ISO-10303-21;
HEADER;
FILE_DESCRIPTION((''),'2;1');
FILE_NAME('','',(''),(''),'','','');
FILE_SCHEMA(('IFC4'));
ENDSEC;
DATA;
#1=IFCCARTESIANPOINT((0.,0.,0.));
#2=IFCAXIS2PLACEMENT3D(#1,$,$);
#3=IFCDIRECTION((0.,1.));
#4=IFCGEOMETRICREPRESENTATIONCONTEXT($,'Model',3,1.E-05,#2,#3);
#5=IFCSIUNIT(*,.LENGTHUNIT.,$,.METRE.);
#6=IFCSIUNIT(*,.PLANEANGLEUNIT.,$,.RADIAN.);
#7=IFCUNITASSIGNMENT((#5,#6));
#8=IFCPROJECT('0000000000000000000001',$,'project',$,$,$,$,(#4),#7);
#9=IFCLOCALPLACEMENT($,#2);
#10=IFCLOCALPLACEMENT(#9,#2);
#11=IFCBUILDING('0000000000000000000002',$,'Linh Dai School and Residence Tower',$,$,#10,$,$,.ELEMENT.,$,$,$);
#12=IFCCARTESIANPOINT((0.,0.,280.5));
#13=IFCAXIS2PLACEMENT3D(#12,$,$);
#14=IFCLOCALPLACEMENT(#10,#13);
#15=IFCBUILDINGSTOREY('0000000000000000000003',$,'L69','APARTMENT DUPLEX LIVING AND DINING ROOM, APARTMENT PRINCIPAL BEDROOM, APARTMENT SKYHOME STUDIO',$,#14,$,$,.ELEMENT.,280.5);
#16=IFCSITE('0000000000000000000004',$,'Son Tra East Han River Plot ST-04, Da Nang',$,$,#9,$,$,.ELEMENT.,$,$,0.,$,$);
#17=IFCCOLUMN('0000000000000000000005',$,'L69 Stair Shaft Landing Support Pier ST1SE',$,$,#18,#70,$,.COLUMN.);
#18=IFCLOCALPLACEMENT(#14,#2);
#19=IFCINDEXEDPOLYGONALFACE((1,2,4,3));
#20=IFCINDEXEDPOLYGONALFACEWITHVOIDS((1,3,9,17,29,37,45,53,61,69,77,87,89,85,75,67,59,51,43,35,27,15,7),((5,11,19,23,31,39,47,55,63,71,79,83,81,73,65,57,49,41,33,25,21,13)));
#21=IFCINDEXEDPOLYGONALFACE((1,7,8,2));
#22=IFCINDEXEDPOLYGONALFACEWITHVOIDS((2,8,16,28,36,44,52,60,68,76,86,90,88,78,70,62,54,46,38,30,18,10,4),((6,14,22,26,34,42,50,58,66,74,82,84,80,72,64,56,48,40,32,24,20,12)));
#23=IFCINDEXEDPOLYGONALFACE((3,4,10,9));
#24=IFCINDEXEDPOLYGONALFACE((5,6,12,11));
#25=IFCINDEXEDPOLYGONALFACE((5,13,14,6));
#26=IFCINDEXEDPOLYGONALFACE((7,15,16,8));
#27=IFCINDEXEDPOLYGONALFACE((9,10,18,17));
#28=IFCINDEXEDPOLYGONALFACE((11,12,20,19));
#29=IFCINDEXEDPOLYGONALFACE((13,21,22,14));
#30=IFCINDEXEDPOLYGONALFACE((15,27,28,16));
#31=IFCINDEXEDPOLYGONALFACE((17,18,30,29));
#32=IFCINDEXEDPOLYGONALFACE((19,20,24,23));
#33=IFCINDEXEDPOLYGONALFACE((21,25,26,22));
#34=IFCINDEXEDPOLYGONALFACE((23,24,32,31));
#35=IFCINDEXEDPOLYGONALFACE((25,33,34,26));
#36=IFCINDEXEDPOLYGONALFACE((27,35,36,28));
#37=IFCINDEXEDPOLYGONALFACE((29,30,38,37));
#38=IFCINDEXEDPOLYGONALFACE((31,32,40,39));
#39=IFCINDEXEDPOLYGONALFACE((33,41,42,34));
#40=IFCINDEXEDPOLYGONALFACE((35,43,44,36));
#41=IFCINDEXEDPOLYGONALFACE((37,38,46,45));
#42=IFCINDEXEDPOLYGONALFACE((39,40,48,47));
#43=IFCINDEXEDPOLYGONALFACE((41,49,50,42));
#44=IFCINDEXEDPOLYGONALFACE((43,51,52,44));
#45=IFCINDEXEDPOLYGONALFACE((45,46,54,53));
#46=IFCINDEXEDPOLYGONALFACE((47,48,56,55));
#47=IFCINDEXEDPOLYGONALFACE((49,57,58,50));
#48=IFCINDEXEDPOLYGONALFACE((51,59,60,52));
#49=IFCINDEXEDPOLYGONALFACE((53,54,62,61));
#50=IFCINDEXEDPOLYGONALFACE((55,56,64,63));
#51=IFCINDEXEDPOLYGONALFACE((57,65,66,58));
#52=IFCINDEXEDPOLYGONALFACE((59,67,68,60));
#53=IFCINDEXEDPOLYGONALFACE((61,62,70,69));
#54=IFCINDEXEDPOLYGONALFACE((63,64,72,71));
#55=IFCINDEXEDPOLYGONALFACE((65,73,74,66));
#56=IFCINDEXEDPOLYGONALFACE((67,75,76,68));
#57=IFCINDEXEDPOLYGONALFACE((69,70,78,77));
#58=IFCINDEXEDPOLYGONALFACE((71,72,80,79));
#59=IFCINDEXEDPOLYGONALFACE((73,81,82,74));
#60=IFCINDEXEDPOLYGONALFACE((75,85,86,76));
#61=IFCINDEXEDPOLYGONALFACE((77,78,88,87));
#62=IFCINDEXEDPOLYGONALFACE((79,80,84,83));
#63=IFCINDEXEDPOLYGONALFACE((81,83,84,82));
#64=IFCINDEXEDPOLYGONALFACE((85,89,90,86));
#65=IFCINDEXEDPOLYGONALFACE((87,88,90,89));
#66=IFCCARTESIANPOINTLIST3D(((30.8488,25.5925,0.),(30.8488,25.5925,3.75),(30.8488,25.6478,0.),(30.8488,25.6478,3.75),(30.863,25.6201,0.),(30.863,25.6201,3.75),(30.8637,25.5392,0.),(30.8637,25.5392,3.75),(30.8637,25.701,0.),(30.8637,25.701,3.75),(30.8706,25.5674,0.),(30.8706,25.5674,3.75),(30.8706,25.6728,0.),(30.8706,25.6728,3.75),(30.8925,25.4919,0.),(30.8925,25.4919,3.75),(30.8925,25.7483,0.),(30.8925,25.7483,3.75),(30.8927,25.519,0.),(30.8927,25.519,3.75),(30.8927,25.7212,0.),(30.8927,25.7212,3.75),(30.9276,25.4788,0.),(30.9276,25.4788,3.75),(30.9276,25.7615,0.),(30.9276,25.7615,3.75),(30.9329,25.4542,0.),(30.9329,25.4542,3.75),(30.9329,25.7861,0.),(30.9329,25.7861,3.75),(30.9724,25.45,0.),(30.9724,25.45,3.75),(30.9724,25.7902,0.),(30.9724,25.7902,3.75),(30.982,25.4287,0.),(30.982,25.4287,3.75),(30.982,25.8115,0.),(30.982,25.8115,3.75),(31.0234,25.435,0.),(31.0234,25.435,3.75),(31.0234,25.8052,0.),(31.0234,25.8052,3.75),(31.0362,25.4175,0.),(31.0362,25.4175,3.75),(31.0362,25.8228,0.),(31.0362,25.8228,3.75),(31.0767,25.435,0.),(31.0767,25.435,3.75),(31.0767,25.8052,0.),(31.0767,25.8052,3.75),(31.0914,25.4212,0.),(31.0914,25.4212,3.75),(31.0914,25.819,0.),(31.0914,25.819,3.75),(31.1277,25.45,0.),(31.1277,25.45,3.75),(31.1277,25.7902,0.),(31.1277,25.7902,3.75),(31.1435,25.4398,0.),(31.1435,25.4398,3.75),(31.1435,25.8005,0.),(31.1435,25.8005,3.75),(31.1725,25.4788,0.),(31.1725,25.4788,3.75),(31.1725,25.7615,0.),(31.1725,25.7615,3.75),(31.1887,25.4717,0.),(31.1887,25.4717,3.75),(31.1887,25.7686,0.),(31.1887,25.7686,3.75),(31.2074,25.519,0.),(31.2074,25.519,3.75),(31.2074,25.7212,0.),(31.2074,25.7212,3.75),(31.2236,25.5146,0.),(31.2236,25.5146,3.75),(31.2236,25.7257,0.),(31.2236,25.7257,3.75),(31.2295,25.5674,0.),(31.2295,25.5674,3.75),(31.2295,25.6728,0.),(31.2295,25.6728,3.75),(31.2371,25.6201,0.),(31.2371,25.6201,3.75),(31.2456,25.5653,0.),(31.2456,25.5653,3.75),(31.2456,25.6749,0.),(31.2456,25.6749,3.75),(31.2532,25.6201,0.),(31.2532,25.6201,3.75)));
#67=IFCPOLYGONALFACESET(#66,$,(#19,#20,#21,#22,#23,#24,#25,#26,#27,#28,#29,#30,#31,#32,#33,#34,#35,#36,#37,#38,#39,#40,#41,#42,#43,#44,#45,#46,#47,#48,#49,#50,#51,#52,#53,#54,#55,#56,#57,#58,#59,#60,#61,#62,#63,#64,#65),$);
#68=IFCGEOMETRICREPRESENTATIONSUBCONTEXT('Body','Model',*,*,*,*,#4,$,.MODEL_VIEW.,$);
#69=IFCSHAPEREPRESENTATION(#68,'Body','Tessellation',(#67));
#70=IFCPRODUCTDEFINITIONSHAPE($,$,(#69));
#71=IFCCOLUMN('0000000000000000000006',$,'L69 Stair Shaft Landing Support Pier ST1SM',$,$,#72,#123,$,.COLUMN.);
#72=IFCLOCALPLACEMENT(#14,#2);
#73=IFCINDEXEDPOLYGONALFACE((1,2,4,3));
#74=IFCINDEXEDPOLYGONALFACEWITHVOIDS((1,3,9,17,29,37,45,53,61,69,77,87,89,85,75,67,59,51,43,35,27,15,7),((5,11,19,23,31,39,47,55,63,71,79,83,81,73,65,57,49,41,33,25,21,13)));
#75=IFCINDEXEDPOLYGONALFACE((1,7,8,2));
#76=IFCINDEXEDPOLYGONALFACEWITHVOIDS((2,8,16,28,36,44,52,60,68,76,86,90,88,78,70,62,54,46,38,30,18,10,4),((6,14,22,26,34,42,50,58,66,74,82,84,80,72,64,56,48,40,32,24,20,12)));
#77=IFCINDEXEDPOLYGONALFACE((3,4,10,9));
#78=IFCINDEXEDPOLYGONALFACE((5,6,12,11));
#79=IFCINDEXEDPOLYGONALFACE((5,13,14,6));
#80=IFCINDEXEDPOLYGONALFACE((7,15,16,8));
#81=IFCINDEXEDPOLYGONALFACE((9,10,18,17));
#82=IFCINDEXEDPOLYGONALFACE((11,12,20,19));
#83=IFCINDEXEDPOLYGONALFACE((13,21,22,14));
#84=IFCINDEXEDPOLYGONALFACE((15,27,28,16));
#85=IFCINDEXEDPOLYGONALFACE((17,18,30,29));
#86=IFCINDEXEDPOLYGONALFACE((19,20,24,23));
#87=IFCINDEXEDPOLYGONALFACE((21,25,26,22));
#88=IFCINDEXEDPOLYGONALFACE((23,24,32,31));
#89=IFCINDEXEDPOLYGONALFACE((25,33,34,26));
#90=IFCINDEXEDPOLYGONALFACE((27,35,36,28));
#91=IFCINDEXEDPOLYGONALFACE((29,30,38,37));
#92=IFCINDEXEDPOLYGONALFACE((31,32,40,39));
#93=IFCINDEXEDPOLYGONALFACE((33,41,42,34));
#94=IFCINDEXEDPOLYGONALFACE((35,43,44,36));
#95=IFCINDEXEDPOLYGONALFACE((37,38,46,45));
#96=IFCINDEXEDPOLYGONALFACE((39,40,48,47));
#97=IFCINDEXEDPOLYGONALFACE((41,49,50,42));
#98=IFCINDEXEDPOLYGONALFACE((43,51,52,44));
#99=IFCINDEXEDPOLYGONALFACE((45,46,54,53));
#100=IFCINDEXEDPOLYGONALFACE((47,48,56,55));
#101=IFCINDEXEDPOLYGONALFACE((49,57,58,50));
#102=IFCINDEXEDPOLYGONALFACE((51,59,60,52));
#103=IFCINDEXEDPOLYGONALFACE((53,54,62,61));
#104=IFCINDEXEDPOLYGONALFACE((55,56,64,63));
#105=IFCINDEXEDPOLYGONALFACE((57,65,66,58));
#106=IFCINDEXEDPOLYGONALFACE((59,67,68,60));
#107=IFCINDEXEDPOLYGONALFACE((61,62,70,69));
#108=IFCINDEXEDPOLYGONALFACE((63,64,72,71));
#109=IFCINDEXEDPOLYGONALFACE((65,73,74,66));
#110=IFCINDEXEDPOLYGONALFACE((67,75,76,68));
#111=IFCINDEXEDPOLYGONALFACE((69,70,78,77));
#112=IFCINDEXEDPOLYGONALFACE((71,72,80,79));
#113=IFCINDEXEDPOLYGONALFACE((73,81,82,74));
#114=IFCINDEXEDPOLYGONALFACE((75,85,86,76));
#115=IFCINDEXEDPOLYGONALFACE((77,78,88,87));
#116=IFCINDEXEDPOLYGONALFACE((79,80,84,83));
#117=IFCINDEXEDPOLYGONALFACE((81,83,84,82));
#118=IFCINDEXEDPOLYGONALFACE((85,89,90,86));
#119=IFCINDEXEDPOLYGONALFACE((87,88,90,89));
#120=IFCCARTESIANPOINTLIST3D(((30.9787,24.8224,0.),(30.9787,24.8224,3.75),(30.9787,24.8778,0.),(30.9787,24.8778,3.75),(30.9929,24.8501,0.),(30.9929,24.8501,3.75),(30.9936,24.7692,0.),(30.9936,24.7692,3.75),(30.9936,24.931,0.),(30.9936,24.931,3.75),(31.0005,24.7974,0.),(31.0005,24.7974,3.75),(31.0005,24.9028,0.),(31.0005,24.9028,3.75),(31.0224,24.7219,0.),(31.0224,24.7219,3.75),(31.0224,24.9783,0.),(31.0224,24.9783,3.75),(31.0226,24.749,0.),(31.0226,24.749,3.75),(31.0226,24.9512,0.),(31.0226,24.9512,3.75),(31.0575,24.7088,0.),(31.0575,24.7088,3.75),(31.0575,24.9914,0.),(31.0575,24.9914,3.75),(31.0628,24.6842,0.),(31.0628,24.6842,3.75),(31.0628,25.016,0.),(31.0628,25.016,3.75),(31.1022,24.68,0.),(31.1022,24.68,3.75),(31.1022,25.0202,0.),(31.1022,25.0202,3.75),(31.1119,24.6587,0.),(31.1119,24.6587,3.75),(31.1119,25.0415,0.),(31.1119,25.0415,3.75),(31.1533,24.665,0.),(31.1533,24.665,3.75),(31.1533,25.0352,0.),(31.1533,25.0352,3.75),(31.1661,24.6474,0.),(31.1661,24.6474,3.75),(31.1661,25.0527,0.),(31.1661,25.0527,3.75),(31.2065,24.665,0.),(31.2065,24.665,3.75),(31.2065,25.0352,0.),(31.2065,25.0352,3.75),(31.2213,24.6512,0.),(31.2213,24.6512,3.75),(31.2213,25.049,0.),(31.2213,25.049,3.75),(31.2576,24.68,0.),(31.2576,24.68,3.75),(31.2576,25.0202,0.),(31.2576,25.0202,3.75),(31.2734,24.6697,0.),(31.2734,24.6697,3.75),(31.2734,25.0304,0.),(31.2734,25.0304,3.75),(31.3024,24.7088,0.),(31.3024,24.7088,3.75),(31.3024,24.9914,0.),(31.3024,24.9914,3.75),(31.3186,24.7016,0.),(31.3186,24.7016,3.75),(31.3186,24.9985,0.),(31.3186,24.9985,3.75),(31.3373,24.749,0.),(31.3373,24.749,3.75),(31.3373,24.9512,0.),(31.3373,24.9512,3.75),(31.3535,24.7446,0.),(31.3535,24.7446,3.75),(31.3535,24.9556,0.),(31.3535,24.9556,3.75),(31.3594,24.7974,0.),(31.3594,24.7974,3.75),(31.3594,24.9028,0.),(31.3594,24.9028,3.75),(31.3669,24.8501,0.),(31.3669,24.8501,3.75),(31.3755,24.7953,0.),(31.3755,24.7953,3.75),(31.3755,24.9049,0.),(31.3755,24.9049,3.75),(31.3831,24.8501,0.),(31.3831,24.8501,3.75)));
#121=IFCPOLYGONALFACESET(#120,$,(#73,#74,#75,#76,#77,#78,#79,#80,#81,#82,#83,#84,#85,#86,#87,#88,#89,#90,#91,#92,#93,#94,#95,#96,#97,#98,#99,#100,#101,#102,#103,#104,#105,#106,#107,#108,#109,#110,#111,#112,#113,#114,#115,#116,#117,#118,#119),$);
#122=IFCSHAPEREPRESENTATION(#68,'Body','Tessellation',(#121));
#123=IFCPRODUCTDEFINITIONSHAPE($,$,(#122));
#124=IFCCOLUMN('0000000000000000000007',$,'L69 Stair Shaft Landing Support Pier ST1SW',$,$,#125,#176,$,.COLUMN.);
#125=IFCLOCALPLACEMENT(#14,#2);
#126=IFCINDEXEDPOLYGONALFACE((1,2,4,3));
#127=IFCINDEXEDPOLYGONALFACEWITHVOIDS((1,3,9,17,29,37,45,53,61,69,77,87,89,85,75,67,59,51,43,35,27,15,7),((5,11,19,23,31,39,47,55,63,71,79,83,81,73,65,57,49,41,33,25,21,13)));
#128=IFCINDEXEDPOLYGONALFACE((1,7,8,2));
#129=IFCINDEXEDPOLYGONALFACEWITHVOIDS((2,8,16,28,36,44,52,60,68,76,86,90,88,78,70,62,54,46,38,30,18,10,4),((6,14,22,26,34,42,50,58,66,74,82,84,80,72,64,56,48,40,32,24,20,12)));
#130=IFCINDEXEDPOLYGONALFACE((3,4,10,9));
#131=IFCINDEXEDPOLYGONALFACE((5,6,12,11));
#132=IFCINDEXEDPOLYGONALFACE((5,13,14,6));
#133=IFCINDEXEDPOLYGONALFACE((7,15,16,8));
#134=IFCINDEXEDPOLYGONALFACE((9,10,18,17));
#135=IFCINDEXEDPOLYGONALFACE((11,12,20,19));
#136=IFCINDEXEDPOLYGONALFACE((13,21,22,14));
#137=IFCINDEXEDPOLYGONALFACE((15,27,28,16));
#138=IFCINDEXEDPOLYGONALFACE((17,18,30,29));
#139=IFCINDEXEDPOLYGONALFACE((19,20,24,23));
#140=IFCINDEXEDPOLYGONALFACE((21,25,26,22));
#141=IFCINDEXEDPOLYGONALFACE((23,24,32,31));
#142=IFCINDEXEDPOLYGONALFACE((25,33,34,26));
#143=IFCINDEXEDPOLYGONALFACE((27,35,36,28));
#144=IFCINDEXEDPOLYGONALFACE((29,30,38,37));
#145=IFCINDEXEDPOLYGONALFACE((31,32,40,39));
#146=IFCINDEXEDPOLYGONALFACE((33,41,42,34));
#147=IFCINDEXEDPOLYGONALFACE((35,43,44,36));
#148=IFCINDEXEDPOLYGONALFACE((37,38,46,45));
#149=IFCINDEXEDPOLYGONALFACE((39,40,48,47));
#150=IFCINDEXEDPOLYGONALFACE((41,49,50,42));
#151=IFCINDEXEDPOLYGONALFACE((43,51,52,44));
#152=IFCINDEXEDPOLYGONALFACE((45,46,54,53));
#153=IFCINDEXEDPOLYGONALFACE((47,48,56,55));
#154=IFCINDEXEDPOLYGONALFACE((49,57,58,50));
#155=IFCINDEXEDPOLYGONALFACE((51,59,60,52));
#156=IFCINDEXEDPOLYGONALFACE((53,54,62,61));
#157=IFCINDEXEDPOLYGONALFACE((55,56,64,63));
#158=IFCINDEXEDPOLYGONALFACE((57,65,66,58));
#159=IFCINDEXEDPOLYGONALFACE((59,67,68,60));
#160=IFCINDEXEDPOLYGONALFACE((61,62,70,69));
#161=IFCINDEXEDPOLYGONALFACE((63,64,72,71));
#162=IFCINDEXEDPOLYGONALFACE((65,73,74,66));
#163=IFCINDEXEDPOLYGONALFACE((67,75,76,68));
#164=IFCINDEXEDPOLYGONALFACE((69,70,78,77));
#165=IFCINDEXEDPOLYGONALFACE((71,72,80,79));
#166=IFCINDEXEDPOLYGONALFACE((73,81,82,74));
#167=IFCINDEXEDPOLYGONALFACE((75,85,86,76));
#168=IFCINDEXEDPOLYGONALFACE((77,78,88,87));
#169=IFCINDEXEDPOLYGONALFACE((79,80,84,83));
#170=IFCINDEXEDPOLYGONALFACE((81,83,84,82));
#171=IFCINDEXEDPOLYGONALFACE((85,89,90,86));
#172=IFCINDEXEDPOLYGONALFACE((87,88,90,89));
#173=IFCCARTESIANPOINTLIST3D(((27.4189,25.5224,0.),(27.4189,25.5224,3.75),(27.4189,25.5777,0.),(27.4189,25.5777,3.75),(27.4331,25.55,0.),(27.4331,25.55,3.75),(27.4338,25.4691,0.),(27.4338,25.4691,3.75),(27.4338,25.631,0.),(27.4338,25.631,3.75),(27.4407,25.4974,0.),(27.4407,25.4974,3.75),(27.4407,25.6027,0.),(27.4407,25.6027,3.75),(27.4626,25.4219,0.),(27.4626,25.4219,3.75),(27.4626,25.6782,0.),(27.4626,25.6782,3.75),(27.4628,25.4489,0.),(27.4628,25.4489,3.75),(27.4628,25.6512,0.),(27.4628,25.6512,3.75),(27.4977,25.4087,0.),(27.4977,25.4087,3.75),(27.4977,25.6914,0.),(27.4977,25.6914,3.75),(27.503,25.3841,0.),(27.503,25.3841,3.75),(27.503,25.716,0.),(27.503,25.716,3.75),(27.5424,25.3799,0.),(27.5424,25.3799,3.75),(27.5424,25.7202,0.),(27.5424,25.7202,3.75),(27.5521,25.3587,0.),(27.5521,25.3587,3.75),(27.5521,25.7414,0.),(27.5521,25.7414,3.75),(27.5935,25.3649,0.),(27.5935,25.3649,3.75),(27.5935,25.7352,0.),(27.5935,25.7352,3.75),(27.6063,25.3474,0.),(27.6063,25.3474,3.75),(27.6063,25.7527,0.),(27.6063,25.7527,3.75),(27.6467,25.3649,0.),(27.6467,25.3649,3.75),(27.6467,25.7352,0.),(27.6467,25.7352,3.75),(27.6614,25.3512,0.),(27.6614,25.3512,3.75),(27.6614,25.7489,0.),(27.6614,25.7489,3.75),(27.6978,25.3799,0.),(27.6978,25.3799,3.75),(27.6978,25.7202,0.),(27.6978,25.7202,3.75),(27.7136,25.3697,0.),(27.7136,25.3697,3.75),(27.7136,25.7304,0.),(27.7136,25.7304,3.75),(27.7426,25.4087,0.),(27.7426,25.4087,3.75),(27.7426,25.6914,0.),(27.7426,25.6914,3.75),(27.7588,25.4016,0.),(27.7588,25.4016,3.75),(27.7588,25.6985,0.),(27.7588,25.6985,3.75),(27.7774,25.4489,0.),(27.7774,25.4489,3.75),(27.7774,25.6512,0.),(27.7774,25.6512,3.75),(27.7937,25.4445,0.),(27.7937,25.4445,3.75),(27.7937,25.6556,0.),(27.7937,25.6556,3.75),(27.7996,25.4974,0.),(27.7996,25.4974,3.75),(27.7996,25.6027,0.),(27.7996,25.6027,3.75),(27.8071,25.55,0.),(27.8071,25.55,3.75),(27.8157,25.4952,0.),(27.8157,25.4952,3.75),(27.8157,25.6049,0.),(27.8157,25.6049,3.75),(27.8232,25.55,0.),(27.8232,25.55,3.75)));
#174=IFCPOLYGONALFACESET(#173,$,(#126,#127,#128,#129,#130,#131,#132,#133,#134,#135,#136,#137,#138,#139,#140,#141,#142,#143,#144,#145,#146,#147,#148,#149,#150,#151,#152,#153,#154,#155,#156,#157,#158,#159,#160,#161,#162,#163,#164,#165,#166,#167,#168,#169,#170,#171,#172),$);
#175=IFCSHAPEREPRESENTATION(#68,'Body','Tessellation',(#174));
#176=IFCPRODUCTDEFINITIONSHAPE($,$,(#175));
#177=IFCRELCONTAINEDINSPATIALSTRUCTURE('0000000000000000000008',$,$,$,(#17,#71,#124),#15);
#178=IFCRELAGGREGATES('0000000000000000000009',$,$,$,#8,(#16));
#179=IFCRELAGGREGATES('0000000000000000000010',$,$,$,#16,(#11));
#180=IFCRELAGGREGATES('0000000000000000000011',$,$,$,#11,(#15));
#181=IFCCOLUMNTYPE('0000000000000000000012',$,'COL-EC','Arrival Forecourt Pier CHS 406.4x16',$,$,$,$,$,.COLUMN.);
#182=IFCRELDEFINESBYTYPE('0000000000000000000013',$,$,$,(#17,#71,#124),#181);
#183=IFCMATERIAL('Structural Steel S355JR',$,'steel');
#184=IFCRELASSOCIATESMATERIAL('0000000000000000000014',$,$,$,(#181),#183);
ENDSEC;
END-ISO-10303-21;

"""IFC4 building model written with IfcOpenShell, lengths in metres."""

from ifc_helpers import new_model, si_unit, direction, frame, origin, origin_2d, place, context, subcontext, project, spatial, hollow_circle, extrude, material, material_profile, profile_set, type_object, element, save


model = new_model("IFC4")

# Units and contexts
model_context = context("Model", 3, precision=1e-05, world=origin(), true_north=direction((0.0, 1.0)))
body_context = subcontext(model_context, "Body", "Model", "MODEL_VIEW")
ifc_project = project(units=[si_unit("LENGTHUNIT", "METRE"), si_unit("PLANEANGLEUNIT", "RADIAN")], contexts=[model_context])

# Site, building, storey
site_placement = place(None, origin())
site = spatial("IfcSite", under=ifc_project, at=site_placement, Name="Son Tra East Han River Plot ST-04, Da Nang", CompositionType="ELEMENT", RefElevation=0.0)
building_placement = place(site_placement, origin())
building = spatial("IfcBuilding", under=site, at=building_placement, Name="Linh Dai School and Residence Tower", CompositionType="ELEMENT")
storey_placement = place(building_placement, frame((0.0, 0.0, 280.5)))
storey = spatial("IfcBuildingStorey", under=building, at=storey_placement, Name="L69", Description="APARTMENT DUPLEX LIVING AND DINING ROOM, APARTMENT PRINCIPAL BEDROOM, APARTMENT SKYHOME STUDIO", CompositionType="ELEMENT", Elevation=280.5)

# Columns
ifc_material_1 = material(Name="Structural Steel S355JR", Category="steel")
ifc_material_profile_1 = material_profile(ifc_material_1, hollow_circle(Radius=0.2031, WallThickness=0.0161, at=origin_2d()), Name="CHS 406.4x16")
ifc_profile_set_1 = profile_set([ifc_material_profile_1], Name="Structural Steel S355JR")
column_type = type_object("IfcColumnType", Name="COL-EC", Description="Arrival Forecourt Pier CHS 406.4x16", PredefinedType="COLUMN", material=ifc_profile_set_1)
for number, where, z_axis, x_axis, name in (
    (1, (31.05, 25.6201, 0.0), (0.0, 0.0, 1.0), (1.0, 0.0, 0.0), "L69 Stair Shaft Landing Support Pier ST1SE"),
    (2, (31.1799, 24.8501, 0.0), (0.0, 0.0, 1.0), (1.0, 0.0, 0.0), "L69 Stair Shaft Landing Support Pier ST1SM"),
    (3, (27.6201, 25.55, 0.0), (0.0, 0.0, 1.0), (1.0, 0.0, 0.0), "L69 Stair Shaft Landing Support Pier ST1SW"),
):
    element("IfcColumn", number, at=place(storey_placement, frame(where, z_axis=z_axis, x_axis=x_axis)), inside=storey, type_object=column_type, Name=name, PredefinedType="COLUMN", context=body_context, shape_type="SweptSolid", body=[
        extrude(hollow_circle(Radius=0.2031, WallThickness=0.0161, at=origin_2d()), origin(), (0.0, 0.0, 1.0), 3.75),
    ])

save(model, "model.ifc")
